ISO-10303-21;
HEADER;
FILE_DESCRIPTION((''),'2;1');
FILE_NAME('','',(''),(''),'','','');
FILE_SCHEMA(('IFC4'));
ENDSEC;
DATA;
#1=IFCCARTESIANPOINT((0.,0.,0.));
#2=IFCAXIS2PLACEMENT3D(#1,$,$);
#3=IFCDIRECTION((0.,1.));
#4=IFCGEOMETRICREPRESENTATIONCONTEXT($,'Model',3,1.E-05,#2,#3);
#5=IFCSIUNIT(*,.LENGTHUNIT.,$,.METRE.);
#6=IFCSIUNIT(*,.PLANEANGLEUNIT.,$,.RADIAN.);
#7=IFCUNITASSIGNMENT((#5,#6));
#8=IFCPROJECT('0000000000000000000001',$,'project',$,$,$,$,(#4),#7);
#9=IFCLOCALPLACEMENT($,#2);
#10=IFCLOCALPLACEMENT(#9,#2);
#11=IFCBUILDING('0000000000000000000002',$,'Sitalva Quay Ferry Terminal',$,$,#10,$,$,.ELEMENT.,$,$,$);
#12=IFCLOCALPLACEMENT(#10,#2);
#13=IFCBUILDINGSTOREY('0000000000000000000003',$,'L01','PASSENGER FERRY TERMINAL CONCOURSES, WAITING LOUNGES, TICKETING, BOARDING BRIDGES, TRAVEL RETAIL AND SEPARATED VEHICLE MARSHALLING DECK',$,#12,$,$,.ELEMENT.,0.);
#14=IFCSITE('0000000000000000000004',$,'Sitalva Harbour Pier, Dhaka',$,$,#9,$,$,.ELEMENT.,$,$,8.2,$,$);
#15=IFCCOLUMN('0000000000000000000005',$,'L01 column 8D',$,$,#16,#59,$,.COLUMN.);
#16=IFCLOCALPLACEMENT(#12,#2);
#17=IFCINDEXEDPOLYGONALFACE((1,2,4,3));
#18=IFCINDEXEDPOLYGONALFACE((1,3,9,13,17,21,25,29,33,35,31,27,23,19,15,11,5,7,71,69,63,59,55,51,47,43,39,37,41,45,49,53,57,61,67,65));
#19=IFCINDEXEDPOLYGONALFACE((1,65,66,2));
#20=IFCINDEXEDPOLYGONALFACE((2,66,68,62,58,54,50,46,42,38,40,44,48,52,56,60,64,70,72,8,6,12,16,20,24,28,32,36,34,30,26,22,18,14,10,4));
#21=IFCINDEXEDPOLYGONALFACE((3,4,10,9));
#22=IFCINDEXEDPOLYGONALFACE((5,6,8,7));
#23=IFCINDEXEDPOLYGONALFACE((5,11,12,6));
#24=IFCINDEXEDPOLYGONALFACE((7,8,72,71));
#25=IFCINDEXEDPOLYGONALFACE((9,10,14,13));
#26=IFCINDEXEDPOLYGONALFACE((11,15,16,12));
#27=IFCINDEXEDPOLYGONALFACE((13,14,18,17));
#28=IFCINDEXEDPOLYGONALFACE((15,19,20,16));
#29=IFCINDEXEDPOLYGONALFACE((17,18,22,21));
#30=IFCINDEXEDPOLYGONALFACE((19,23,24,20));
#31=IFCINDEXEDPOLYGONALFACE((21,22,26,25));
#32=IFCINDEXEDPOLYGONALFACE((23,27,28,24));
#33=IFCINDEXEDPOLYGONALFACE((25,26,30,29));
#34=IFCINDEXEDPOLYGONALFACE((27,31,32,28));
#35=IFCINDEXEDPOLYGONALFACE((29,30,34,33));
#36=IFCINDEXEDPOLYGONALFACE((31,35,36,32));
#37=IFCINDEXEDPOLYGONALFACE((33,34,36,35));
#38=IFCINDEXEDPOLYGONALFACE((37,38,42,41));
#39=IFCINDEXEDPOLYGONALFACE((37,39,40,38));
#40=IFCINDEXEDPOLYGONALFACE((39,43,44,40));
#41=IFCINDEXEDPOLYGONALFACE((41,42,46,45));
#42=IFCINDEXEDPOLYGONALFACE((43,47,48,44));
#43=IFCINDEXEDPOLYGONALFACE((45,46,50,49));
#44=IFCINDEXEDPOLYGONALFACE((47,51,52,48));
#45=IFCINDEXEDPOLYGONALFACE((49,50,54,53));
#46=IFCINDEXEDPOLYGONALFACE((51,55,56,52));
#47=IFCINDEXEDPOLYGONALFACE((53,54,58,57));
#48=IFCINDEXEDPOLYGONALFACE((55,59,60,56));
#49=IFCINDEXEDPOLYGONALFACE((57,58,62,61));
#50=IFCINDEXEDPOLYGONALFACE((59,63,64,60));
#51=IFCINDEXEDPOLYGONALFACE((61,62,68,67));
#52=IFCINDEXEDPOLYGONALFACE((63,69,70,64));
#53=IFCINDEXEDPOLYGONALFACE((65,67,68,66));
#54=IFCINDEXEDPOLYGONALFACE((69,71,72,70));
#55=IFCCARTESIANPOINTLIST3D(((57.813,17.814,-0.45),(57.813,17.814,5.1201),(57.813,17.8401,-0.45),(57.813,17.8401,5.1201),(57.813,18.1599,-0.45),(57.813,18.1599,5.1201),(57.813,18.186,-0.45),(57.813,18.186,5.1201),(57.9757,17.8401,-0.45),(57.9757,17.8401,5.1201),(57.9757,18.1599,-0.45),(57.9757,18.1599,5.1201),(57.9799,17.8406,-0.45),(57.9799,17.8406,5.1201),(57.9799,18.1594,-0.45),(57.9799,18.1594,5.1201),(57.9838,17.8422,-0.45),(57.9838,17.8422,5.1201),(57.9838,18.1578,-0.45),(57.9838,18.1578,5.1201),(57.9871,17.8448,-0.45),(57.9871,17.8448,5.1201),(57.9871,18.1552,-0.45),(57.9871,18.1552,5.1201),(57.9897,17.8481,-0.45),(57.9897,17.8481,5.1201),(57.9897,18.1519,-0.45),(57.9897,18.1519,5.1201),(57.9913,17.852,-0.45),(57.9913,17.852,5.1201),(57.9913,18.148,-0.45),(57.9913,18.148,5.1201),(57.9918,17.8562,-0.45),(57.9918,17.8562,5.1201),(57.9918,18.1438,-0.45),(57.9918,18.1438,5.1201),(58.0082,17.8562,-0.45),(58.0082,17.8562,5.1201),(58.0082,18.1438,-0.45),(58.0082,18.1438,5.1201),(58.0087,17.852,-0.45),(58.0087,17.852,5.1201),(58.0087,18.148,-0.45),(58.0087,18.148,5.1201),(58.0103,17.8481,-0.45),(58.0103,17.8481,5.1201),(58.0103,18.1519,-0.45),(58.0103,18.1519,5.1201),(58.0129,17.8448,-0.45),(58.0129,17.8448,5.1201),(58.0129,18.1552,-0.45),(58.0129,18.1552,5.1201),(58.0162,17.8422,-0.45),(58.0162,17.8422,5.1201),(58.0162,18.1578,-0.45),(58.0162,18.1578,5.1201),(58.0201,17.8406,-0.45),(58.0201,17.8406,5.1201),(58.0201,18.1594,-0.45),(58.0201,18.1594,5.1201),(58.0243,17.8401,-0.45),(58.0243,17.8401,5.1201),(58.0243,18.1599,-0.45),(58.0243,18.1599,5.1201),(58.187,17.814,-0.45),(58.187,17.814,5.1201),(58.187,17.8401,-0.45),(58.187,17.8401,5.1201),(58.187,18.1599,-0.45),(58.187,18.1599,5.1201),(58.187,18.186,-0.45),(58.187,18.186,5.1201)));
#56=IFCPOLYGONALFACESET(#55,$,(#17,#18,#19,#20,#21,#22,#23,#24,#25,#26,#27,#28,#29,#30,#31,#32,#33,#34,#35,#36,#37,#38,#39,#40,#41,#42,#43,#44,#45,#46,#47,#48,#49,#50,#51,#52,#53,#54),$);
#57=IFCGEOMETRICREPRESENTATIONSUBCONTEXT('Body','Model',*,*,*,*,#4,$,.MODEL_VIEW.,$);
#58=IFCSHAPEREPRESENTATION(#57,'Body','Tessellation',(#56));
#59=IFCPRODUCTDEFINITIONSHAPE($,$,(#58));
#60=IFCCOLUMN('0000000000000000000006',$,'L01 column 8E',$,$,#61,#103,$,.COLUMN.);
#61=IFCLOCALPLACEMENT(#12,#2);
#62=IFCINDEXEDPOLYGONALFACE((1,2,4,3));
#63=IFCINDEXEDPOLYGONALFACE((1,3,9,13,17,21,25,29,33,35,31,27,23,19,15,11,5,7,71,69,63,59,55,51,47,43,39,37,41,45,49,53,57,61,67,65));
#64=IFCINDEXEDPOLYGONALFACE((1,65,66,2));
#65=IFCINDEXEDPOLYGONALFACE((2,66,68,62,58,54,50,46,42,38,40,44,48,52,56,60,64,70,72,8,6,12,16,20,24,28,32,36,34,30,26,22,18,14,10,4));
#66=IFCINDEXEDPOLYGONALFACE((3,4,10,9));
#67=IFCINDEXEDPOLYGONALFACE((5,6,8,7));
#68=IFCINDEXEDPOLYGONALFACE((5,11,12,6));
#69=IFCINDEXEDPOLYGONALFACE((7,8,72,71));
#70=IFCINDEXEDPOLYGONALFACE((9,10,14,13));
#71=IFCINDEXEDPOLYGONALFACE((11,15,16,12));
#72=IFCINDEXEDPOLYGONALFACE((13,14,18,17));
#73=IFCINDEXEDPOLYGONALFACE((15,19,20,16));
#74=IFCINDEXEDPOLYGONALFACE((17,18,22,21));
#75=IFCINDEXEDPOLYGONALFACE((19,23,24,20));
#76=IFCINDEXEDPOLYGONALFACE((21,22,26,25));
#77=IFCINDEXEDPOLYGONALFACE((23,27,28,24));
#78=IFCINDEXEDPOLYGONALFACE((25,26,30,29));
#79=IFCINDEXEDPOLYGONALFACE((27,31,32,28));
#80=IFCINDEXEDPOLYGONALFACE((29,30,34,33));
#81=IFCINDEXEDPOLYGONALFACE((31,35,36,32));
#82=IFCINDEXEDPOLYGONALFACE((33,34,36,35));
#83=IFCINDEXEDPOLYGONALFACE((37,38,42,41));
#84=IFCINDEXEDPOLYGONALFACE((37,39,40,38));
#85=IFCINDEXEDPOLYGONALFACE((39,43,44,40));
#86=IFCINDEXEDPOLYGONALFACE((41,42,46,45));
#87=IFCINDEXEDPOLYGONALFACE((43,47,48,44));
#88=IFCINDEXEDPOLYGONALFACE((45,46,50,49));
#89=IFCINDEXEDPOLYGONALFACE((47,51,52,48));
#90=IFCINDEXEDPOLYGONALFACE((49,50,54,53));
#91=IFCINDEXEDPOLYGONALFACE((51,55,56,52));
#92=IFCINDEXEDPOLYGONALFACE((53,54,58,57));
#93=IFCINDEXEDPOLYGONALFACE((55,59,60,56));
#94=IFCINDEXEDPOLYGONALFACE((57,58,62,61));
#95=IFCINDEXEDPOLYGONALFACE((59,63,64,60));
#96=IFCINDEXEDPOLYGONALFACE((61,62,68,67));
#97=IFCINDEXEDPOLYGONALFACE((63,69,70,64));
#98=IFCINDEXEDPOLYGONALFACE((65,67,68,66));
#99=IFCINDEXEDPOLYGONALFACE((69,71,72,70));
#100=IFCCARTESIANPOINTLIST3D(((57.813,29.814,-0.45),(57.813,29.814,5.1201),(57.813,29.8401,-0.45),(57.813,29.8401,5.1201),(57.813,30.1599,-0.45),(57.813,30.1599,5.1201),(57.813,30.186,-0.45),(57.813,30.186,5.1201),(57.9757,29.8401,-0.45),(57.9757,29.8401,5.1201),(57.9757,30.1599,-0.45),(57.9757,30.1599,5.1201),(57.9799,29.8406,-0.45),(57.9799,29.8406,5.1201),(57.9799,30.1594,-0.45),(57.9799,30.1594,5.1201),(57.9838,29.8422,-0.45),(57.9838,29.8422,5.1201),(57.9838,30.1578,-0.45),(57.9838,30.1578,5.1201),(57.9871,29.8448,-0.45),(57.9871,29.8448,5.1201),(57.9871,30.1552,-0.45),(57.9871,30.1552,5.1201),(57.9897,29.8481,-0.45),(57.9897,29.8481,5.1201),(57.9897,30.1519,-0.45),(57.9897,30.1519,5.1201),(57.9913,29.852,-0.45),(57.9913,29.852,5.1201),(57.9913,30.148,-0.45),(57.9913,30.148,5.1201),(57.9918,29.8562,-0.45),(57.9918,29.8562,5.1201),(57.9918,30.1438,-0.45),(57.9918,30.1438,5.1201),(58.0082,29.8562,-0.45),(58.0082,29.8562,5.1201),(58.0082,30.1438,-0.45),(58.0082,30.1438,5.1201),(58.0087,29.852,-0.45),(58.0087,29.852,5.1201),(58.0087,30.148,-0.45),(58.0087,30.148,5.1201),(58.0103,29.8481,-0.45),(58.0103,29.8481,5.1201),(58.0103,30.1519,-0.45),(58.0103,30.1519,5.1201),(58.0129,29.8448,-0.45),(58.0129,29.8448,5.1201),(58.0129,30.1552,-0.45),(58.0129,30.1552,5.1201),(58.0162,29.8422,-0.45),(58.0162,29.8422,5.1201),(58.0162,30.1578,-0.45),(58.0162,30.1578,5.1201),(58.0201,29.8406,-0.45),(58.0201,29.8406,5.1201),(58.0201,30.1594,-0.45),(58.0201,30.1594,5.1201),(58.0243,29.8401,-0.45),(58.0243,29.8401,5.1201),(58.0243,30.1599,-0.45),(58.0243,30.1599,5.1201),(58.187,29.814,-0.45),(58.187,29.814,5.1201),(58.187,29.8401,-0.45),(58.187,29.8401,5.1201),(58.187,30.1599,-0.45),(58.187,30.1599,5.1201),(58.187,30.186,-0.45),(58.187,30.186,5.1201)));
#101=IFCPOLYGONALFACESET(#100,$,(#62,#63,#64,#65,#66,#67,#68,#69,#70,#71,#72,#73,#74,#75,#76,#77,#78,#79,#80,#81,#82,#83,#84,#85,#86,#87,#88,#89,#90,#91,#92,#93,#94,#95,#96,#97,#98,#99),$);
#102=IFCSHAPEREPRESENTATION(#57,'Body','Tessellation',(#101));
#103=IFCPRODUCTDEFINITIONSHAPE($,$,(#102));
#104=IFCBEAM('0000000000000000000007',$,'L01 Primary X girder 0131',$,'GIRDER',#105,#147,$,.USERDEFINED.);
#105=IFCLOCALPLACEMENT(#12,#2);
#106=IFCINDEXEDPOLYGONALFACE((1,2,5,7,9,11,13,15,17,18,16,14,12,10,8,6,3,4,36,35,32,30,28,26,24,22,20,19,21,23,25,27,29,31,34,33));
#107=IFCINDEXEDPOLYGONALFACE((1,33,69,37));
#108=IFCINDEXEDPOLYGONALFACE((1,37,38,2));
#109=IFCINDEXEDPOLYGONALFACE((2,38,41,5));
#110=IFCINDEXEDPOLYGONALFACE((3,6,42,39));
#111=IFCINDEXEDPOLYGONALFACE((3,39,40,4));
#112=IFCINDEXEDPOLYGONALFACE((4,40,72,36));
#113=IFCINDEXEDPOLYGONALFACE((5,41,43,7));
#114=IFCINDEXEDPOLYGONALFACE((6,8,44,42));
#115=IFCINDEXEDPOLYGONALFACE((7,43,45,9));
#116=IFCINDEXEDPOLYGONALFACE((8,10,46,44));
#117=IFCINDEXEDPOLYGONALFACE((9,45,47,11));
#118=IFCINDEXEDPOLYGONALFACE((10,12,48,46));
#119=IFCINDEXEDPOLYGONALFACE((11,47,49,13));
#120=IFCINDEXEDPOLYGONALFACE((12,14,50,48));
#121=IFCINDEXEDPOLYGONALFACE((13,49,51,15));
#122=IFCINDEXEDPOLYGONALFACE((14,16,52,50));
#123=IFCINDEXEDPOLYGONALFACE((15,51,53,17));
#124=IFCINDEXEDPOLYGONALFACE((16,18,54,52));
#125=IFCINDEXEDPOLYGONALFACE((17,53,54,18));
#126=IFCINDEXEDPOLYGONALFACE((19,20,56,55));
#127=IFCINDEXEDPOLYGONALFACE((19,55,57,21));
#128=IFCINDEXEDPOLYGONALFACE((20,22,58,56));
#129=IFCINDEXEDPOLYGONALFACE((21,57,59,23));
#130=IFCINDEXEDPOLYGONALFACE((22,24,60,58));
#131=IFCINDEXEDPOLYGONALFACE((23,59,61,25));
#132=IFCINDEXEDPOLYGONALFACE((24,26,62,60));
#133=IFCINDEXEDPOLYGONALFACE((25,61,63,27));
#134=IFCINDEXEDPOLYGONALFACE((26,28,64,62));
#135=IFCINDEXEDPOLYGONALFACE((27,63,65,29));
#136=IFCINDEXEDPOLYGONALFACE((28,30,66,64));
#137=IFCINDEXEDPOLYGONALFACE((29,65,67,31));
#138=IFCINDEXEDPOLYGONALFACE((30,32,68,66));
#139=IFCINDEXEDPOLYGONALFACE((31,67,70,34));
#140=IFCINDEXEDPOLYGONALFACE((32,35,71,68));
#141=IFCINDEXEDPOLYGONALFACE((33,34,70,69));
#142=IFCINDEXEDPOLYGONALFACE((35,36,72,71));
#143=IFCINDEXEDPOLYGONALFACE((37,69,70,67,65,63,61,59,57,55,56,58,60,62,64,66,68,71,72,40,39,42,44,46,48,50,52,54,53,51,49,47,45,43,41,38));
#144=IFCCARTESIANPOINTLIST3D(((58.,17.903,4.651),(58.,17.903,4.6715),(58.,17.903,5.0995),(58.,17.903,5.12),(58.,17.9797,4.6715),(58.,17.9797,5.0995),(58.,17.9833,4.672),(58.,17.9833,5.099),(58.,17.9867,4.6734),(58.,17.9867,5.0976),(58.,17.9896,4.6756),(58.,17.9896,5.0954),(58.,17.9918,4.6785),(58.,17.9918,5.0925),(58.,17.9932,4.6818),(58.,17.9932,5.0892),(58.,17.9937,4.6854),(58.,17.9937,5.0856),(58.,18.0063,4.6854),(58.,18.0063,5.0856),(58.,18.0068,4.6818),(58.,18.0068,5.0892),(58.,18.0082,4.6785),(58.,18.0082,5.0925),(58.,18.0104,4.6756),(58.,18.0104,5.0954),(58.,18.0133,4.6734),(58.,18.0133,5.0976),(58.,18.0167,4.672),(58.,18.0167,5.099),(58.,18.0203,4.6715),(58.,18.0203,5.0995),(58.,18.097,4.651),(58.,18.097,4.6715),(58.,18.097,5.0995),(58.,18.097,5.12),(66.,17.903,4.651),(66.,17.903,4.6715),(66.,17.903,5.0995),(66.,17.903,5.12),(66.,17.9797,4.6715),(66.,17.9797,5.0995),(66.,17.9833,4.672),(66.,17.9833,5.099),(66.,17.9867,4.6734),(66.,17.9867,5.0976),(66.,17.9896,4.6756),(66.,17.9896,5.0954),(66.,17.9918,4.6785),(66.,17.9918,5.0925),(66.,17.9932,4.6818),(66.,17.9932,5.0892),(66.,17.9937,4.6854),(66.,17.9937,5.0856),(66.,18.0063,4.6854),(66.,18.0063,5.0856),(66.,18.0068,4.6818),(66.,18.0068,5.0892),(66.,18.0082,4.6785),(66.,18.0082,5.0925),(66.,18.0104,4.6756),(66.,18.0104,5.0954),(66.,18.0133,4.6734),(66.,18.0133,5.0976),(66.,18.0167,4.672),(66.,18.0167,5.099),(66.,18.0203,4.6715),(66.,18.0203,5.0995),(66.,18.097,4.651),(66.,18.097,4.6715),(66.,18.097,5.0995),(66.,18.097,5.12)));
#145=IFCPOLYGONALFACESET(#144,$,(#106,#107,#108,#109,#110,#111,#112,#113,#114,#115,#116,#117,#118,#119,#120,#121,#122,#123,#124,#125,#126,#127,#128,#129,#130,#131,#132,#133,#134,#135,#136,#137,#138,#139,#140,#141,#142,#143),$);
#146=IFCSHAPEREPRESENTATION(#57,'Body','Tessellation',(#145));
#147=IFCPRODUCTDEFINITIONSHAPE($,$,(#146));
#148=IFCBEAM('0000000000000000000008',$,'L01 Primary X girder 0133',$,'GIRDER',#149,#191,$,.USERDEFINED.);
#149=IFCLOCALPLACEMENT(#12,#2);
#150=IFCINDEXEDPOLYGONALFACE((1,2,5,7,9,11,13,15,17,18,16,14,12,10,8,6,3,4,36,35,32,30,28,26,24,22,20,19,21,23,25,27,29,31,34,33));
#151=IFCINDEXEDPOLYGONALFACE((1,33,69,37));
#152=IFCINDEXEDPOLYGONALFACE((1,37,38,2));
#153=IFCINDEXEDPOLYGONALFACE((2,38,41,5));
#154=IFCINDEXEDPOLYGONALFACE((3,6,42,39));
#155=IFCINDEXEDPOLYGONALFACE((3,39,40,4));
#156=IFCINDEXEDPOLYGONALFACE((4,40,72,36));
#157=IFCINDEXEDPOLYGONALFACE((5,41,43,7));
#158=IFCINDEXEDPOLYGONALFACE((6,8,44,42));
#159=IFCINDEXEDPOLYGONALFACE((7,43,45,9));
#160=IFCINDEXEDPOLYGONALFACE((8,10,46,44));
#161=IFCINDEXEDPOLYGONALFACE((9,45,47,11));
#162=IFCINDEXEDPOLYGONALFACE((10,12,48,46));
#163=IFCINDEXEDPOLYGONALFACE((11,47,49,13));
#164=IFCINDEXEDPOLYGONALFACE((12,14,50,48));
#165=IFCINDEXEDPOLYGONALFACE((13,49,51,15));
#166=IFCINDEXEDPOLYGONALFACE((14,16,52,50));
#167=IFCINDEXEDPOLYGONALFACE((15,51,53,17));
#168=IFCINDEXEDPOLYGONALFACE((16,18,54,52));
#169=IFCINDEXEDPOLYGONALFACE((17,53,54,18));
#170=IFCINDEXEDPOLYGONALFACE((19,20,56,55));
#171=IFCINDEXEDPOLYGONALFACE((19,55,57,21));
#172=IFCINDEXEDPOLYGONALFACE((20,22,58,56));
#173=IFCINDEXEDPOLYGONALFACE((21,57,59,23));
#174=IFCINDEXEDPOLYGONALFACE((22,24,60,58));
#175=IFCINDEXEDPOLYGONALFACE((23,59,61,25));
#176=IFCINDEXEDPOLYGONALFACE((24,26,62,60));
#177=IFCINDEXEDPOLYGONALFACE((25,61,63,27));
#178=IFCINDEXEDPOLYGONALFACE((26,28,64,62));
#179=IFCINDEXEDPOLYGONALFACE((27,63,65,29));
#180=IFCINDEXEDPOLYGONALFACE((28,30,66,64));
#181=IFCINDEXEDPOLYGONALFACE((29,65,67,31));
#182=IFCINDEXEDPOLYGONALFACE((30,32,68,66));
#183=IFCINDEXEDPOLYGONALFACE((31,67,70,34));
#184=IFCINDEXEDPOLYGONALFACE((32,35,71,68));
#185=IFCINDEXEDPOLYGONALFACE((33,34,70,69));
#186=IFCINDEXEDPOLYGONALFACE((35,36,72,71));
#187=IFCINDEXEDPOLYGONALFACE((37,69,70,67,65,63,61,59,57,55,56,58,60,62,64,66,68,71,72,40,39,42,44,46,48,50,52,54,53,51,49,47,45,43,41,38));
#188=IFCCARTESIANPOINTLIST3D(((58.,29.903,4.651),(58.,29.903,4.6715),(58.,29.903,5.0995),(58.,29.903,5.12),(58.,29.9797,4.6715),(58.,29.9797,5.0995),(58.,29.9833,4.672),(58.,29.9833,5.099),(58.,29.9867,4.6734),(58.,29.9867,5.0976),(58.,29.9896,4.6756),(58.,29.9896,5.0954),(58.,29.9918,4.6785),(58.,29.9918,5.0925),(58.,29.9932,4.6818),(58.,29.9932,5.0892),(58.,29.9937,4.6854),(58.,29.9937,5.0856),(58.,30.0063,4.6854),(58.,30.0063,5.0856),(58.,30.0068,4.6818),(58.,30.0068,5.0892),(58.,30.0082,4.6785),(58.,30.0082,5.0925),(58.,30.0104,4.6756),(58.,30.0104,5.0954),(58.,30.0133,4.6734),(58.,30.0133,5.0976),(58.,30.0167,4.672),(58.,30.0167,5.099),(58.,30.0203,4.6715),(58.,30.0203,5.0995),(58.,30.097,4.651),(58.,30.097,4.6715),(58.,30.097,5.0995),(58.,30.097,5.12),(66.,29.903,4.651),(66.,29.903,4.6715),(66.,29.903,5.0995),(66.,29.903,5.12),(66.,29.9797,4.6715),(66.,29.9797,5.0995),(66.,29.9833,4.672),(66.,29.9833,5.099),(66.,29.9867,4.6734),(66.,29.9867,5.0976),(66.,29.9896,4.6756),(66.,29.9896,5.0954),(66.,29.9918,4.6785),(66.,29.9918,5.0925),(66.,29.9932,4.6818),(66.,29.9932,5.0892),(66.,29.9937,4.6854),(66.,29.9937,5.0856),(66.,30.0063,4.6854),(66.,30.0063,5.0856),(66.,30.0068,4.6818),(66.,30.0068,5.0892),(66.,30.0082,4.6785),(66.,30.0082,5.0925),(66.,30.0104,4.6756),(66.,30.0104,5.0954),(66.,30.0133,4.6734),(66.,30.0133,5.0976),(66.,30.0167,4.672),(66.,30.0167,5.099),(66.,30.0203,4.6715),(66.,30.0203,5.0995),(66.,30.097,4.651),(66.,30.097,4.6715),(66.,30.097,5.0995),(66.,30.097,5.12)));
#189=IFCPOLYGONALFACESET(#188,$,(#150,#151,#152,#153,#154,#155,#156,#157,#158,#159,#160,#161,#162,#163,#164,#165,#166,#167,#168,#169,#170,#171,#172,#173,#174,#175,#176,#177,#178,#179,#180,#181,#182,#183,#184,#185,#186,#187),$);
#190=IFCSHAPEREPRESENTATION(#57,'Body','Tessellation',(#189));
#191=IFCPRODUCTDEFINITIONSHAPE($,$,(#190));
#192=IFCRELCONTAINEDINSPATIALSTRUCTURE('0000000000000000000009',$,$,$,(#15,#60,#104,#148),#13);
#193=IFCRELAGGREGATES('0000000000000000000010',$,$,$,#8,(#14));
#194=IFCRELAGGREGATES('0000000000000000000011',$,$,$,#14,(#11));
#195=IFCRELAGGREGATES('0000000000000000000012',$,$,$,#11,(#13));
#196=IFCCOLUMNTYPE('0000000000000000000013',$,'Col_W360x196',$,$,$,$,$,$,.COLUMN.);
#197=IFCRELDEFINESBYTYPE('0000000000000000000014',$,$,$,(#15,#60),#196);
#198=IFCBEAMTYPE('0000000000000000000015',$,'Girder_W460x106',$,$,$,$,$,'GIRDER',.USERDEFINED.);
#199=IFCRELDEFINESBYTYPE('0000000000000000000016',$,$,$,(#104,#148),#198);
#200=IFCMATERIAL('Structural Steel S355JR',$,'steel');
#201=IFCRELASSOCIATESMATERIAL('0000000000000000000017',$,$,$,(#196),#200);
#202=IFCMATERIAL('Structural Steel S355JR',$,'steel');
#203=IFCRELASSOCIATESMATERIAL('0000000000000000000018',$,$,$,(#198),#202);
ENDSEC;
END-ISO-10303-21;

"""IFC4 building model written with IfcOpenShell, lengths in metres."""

from ifc_helpers import new_model, si_unit, direction, frame, origin, origin_2d, place, context, subcontext, project, spatial, i_section, extrude, material, material_profile, profile_set, type_object, element, save


model = new_model("IFC4")

# Units and contexts
model_context = context("Model", 3, precision=1e-05, world=origin(), true_north=direction((0.0, 1.0)))
body_context = subcontext(model_context, "Body", "Model", "MODEL_VIEW")
ifc_project = project(units=[si_unit("LENGTHUNIT", "METRE"), si_unit("PLANEANGLEUNIT", "RADIAN")], contexts=[model_context])

# Site, building, storey
site_placement = place(None, origin())
site = spatial("IfcSite", under=ifc_project, at=site_placement, Name="Sitalva Harbour Pier, Dhaka", CompositionType="ELEMENT", RefElevation=8.2)
building_placement = place(site_placement, origin())
building = spatial("IfcBuilding", under=site, at=building_placement, Name="Sitalva Quay Ferry Terminal", CompositionType="ELEMENT")
storey_placement = place(building_placement, origin())
storey = spatial("IfcBuildingStorey", under=building, at=storey_placement, Name="L01", Description="PASSENGER FERRY TERMINAL CONCOURSES, WAITING LOUNGES, TICKETING, BOARDING BRIDGES, TRAVEL RETAIL AND SEPARATED VEHICLE MARSHALLING DECK", CompositionType="ELEMENT", Elevation=0.0)

# Columns
ifc_material_1 = material(Name="Structural Steel S355JR", Category="steel")
ifc_material_profile_1 = material_profile(ifc_material_1, i_section(OverallWidth=0.374, OverallDepth=0.3721, WebThickness=0.0164, FlangeThickness=0.0261, FilletRadius=0.0161, at=origin_2d()), Name="W360x196")
ifc_profile_set_1 = profile_set([ifc_material_profile_1], Name="Structural Steel S355JR")
column_type = type_object("IfcColumnType", Name="Col_W360x196", PredefinedType="COLUMN", material=ifc_profile_set_1)
for number, where, z_axis, x_axis, name in (
    (1, (58.0, 18.0, -0.45), (0.0, 0.0, 1.0), (1.0, 0.0, 0.0), "L01 column 8D"),
    (2, (58.0, 30.0, -0.45), (0.0, 0.0, 1.0), (1.0, 0.0, 0.0), "L01 column 8E"),
):
    element("IfcColumn", number, at=place(storey_placement, frame(where, z_axis=z_axis, x_axis=x_axis)), inside=storey, type_object=column_type, Name=name, PredefinedType="COLUMN", context=body_context, shape_type="SweptSolid", body=[
        extrude(i_section(OverallWidth=0.374, OverallDepth=0.3721, WebThickness=0.0164, FlangeThickness=0.0261, FilletRadius=0.0161, at=origin_2d()), origin(), (0.0, 0.0, 1.0), 5.5701),
    ])

# Beams
ifc_material_2 = material(Name="Structural Steel S355JR", Category="steel")
ifc_material_profile_2 = material_profile(ifc_material_2, i_section(OverallWidth=0.1941, OverallDepth=0.469, WebThickness=0.0127, FlangeThickness=0.0205, FilletRadius=0.0139, at=origin_2d()), Name="W460x106")
ifc_profile_set_2 = profile_set([ifc_material_profile_2], Name="Structural Steel S355JR")
beam_type_1 = type_object("IfcBeamType", Name="Girder_W460x106", ElementType="GIRDER", PredefinedType="USERDEFINED", material=ifc_profile_set_2)
for number, where, z_axis, x_axis, name in (
    (3, (58.0, 18.0, 4.8855), (1.0, 0.0, 0.0), (0.0, 1.0, 0.0), "L01 Primary X girder 0131"),
    (4, (58.0, 30.0, 4.8855), (1.0, 0.0, 0.0), (0.0, 1.0, 0.0), "L01 Primary X girder 0133"),
):
    element("IfcBeam", number, at=place(storey_placement, frame(where, z_axis=z_axis, x_axis=x_axis)), inside=storey, type_object=beam_type_1, Name=name, ObjectType="GIRDER", PredefinedType="USERDEFINED", context=body_context, shape_type="SweptSolid", body=[
        extrude(i_section(OverallWidth=0.1941, OverallDepth=0.469, WebThickness=0.0127, FlangeThickness=0.0205, FilletRadius=0.0139, at=origin_2d()), origin(), (0.0, 0.0, 1.0), 8.0),
    ])

save(model, "model.ifc")
